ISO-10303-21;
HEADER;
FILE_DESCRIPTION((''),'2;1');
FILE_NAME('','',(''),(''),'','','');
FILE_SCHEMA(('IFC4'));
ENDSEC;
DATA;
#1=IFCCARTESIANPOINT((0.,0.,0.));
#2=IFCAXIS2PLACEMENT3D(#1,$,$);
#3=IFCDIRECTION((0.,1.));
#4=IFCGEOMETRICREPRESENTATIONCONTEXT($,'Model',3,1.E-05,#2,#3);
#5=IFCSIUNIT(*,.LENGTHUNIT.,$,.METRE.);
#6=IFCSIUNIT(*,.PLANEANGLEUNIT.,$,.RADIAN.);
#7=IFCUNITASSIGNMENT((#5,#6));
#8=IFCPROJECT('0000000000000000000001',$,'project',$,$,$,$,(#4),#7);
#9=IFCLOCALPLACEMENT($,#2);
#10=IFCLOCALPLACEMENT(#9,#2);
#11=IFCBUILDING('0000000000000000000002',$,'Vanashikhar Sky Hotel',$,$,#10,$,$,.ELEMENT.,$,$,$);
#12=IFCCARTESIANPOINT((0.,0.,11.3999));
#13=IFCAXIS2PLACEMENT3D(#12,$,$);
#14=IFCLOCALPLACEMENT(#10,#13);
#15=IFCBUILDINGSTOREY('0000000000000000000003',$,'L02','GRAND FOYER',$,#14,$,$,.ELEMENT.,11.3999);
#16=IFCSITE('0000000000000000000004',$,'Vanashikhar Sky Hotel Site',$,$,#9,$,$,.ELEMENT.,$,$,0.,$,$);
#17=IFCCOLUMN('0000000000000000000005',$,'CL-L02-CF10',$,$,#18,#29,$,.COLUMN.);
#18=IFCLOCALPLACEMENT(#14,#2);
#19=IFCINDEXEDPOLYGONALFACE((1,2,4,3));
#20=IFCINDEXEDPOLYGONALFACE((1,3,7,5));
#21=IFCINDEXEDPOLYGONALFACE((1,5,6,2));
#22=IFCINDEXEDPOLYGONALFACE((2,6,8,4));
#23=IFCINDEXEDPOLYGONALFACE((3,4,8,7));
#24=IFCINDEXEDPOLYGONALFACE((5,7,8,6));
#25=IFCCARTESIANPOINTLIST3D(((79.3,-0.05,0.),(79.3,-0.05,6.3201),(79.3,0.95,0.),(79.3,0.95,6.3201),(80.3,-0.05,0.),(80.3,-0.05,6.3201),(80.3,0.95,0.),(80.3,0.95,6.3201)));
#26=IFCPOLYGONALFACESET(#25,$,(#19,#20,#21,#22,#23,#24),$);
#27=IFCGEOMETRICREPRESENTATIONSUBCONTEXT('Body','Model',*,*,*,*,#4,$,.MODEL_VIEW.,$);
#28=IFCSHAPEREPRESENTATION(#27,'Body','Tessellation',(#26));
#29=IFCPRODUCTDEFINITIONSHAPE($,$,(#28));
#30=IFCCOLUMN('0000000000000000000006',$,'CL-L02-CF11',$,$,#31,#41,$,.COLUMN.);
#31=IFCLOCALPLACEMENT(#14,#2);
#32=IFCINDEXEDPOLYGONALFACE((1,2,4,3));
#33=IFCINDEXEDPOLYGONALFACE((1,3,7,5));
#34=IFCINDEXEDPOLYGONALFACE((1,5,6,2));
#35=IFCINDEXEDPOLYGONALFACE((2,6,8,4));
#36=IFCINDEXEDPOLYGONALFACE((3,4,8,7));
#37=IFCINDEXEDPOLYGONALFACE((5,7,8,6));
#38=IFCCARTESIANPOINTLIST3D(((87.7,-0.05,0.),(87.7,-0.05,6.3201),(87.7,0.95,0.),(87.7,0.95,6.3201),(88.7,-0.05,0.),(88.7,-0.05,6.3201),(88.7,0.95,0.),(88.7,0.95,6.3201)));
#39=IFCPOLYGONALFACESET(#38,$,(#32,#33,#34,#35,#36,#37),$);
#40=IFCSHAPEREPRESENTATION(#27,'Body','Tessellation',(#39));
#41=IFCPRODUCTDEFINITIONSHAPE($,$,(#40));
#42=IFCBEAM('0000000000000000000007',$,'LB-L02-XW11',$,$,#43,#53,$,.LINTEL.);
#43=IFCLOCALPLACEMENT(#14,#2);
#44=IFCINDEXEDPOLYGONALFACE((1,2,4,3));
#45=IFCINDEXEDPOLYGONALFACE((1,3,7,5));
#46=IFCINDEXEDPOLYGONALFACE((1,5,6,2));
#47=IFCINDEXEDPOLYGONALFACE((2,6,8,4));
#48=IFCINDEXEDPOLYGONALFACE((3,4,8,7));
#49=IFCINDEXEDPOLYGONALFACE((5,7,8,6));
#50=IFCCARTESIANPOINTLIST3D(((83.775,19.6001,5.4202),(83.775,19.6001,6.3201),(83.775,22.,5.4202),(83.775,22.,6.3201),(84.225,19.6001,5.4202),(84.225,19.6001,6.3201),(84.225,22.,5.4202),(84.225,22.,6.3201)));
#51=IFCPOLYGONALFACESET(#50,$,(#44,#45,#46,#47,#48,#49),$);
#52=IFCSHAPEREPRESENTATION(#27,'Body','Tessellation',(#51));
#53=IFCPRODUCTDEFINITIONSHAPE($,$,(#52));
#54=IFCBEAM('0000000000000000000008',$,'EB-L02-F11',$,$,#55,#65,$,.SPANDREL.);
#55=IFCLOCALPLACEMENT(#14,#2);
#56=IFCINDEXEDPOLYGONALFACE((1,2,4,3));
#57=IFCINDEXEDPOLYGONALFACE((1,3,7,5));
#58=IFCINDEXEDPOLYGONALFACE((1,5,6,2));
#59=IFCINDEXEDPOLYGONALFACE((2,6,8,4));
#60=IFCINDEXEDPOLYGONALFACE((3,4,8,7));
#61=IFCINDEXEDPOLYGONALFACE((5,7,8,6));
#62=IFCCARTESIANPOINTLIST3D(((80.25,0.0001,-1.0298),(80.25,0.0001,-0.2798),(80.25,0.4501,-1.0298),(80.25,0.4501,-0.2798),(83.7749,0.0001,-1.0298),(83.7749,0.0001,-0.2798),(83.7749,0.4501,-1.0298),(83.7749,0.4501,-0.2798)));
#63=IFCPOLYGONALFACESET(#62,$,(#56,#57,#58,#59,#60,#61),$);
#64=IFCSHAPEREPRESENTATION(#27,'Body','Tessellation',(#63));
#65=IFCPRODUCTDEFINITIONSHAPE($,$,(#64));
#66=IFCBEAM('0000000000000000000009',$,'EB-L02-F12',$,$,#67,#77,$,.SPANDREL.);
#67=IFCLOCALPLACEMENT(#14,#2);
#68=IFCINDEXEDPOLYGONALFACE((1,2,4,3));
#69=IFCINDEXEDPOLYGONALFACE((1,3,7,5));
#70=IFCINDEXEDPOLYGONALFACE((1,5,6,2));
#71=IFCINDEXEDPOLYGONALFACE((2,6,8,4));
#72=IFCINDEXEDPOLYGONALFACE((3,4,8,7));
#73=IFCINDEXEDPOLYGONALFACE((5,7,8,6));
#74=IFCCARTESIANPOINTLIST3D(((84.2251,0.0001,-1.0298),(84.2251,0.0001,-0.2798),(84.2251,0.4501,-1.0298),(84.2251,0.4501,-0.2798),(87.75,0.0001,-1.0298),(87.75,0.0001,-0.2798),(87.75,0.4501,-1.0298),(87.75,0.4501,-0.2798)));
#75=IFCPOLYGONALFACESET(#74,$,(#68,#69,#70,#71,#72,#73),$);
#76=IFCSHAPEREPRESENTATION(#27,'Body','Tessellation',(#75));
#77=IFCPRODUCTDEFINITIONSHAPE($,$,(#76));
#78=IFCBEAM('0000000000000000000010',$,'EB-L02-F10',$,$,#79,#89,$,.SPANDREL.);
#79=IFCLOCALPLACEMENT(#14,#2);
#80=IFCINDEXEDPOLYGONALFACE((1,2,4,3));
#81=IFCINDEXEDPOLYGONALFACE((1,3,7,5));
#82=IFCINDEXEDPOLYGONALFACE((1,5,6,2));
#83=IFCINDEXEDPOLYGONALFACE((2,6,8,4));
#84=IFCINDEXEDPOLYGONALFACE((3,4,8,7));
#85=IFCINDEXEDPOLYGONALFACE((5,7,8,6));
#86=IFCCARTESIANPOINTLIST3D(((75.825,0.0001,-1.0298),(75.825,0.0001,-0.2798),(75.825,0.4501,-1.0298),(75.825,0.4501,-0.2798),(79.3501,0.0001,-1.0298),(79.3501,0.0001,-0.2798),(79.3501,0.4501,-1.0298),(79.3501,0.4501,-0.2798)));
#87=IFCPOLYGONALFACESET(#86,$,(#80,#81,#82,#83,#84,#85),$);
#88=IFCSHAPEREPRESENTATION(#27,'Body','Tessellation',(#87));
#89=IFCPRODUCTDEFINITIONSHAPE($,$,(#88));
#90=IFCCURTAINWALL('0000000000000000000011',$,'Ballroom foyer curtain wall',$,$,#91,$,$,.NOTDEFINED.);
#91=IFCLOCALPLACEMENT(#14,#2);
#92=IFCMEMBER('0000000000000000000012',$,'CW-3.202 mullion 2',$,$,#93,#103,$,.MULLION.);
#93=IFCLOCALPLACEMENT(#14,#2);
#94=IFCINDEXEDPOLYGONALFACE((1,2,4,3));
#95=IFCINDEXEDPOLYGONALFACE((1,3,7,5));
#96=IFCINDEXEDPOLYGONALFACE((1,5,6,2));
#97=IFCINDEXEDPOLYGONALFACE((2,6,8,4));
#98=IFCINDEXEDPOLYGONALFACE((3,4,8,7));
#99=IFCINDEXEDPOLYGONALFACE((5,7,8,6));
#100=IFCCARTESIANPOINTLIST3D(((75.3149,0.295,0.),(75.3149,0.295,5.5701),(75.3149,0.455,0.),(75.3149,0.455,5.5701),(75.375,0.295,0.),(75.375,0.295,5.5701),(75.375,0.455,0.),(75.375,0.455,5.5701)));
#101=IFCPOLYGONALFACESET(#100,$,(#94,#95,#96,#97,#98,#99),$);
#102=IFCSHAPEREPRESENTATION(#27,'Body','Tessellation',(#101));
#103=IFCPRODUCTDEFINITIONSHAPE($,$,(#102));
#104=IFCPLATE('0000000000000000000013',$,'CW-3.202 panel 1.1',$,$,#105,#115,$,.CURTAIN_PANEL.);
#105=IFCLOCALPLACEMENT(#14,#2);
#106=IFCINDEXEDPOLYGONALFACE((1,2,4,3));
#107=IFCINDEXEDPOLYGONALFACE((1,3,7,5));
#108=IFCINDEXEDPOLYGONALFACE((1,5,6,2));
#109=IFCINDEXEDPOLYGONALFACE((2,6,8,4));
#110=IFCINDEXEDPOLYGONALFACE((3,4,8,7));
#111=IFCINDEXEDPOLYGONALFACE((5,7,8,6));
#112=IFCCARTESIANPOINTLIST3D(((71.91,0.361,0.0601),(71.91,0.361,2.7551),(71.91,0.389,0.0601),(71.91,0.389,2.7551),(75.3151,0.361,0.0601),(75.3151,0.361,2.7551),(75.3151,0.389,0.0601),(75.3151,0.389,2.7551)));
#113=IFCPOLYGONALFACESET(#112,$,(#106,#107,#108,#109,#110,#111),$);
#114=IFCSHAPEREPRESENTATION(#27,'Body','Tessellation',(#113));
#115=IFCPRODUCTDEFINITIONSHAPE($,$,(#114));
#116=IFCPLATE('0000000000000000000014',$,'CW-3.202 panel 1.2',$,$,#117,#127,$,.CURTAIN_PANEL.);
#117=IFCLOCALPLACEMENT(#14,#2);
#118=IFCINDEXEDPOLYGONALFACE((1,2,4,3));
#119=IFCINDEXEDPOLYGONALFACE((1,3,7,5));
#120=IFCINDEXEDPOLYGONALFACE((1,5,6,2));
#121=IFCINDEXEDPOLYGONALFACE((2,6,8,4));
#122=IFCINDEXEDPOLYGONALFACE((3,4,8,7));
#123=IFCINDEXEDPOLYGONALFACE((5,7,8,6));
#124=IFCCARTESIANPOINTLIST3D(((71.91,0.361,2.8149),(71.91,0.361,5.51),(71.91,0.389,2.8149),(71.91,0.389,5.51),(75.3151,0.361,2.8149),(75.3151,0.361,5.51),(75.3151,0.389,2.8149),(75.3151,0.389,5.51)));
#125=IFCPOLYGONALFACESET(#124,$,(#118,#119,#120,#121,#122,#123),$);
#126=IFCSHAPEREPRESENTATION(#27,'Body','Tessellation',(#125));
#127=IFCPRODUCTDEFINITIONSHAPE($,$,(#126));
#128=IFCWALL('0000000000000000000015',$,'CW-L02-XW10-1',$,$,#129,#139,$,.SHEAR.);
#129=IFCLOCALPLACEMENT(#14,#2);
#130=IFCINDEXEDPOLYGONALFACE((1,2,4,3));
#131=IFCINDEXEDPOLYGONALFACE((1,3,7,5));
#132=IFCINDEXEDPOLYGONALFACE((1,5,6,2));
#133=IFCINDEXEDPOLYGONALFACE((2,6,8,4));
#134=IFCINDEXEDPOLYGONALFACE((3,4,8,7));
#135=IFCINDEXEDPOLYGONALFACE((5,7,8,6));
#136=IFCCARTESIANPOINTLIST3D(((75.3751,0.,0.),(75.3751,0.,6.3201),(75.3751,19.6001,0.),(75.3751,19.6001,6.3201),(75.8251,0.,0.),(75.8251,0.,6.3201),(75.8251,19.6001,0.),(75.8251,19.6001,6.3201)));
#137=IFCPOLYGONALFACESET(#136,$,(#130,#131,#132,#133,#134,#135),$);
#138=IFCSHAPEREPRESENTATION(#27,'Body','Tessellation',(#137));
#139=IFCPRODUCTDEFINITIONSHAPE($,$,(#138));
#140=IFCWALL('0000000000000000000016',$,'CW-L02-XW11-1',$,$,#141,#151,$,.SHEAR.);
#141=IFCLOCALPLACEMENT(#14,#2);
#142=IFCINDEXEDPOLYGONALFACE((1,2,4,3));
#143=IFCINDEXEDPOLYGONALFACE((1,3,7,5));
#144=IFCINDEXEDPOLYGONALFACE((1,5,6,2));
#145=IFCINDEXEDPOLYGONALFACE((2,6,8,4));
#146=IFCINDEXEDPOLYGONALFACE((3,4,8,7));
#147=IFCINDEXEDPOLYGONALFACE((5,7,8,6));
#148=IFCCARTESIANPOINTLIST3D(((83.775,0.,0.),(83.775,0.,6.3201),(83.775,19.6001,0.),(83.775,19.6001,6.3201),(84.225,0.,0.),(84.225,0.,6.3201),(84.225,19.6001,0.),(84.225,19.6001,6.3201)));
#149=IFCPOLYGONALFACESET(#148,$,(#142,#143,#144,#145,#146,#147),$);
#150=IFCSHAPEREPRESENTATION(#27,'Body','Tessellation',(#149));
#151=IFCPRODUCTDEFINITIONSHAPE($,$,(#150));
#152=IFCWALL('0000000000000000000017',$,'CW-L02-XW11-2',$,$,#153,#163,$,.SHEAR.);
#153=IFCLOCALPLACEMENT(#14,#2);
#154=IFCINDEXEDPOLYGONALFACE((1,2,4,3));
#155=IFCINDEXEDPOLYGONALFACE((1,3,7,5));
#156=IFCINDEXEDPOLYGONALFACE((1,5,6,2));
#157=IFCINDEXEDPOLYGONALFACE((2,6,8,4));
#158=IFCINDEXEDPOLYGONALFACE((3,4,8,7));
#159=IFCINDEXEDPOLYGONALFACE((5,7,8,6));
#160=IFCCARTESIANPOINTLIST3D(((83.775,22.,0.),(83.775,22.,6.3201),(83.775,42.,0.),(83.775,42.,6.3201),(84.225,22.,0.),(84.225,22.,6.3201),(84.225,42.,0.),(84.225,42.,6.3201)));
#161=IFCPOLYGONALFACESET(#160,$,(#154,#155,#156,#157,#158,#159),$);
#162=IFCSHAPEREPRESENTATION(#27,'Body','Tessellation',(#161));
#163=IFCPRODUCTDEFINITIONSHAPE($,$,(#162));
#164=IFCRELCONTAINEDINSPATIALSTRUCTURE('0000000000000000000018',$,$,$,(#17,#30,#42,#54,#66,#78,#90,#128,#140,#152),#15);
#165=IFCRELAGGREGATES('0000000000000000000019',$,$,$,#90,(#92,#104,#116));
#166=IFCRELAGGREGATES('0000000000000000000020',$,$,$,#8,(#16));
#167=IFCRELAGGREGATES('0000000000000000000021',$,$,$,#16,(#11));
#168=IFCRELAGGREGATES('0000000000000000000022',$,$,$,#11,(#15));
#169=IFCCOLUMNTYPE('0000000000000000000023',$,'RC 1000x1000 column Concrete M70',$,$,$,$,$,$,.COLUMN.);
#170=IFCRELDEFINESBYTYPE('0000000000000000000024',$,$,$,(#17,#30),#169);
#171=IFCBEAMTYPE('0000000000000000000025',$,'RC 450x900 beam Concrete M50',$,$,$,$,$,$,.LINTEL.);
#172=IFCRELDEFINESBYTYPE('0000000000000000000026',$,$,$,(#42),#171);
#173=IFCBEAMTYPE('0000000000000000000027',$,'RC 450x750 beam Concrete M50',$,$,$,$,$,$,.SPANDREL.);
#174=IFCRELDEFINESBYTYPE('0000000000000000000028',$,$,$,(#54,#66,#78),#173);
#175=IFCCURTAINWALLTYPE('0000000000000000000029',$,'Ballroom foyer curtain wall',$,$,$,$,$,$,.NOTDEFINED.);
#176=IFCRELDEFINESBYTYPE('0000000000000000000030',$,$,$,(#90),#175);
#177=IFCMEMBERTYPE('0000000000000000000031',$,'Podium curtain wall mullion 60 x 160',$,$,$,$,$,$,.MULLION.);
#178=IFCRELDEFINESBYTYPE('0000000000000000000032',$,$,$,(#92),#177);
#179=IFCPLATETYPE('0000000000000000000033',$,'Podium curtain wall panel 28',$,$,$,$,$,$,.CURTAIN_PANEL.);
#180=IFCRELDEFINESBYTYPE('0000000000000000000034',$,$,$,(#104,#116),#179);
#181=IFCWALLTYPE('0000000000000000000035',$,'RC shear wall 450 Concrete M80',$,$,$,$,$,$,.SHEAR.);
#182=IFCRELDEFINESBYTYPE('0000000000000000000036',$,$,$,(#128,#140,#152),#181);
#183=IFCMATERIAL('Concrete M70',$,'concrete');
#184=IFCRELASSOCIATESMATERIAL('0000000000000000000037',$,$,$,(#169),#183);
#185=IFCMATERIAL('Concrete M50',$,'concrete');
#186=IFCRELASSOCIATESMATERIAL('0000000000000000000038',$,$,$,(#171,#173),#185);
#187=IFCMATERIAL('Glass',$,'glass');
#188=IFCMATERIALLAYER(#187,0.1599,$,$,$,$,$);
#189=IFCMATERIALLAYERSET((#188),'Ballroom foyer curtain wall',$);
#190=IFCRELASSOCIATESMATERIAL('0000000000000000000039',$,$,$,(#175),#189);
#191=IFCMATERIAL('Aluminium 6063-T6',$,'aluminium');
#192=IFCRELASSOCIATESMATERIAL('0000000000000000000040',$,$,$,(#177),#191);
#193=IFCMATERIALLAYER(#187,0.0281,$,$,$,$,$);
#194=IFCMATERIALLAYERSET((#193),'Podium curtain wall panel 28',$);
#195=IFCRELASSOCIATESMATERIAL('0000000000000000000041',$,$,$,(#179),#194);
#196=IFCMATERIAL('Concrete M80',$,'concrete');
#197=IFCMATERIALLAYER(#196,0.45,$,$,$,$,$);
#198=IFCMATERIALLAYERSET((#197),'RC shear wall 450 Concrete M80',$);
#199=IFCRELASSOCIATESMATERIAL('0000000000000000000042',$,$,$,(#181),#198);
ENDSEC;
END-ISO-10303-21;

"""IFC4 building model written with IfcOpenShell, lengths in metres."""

from ifc_helpers import new_model, si_unit, direction, frame, frame_2d, origin, origin_2d, place, context, subcontext, project, spatial, rectangle, extrude, source, transform, mapped, material, layer, layer_set, material_profile, profile_set, type_object, element, aggregate, save


model = new_model("IFC4")

# Units and contexts
model_context = context("Model", 3, precision=1e-05, world=origin(), true_north=direction((0.0, 1.0)))
body_context = subcontext(model_context, "Body", "Model", "MODEL_VIEW")
ifc_project = project(units=[si_unit("LENGTHUNIT", "METRE"), si_unit("PLANEANGLEUNIT", "RADIAN")], contexts=[model_context])

# Site, building, storey
site_placement = place(None, origin())
site = spatial("IfcSite", under=ifc_project, at=site_placement, Name="Vanashikhar Sky Hotel Site", CompositionType="ELEMENT", RefElevation=0.0)
building_placement = place(site_placement, origin())
building = spatial("IfcBuilding", under=site, at=building_placement, Name="Vanashikhar Sky Hotel", CompositionType="ELEMENT")
storey_placement = place(building_placement, frame((0.0, 0.0, 11.3999)))
storey = spatial("IfcBuildingStorey", under=building, at=storey_placement, Name="L02", Description="GRAND FOYER", CompositionType="ELEMENT", Elevation=11.3999)

# Columns
ifc_material_1 = material(Name="Concrete M70", Category="concrete")
ifc_material_profile_1 = material_profile(ifc_material_1, rectangle(XDim=1.0, YDim=1.0, at=origin_2d()))
ifc_profile_set_1 = profile_set([ifc_material_profile_1], Name="RC 1000x1000 column Concrete M70")
column_type = type_object("IfcColumnType", Name="RC 1000x1000 column Concrete M70", PredefinedType="COLUMN", material=ifc_profile_set_1)
shared_shape_1 = source(origin(), body_context, "Body", "SweptSolid", [
    extrude(rectangle(XDim=1.0, YDim=1.0, at=origin_2d()), origin(), (0.0, 0.0, 1.0), 6.3201),
])
for number, where, z_axis, x_axis, name in (
    (1, (79.8, 0.45, 0.0), (0.0, 0.0, 1.0), (1.0, 0.0, 0.0), "CL-L02-CF10"),
    (2, (88.2, 0.45, 0.0), (0.0, 0.0, 1.0), (1.0, 0.0, 0.0), "CL-L02-CF11"),
):
    element("IfcColumn", number, at=place(storey_placement, frame(where, z_axis=z_axis, x_axis=x_axis)), inside=storey, type_object=column_type, Name=name, PredefinedType="COLUMN", context=body_context, shape_type="MappedRepresentation", body=[
        mapped(shared_shape_1, transform((0.0, 0.0, 0.0), scale=1.0)),
    ])

# Beams
ifc_material_2 = material(Name="Concrete M50", Category="concrete")
ifc_material_profile_2 = material_profile(ifc_material_2, rectangle(XDim=0.45, YDim=0.8999, at=origin_2d()))
ifc_profile_set_2 = profile_set([ifc_material_profile_2], Name="RC 450x900 beam Concrete M50")
beam_type_1 = type_object("IfcBeamType", Name="RC 450x900 beam Concrete M50", PredefinedType="LINTEL", material=ifc_profile_set_2)
shared_shape_2 = source(origin(), body_context, "Body", "SweptSolid", [
    extrude(rectangle(XDim=0.45, YDim=0.8999, at=origin_2d()), origin(), (0.0, 0.0, 1.0), 2.3999),
])
beam_1_placement = place(storey_placement, frame((84.0, 19.6001, 5.8701), z_axis=(0.0, 1.0, 0.0), x_axis=(-1.0, 0.0, 0.0)))
element("IfcBeam", 3, at=beam_1_placement, inside=storey, type_object=beam_type_1, Name="LB-L02-XW11", PredefinedType="LINTEL", context=body_context, shape_type="MappedRepresentation", body=[
    mapped(shared_shape_2, transform((0.0, 0.0, 0.0), scale=1.0)),
])
ifc_material_profile_3 = material_profile(ifc_material_2, rectangle(XDim=0.45, YDim=0.75, at=origin_2d()))
ifc_profile_set_3 = profile_set([ifc_material_profile_3], Name="RC 450x750 beam Concrete M50")
beam_type_2 = type_object("IfcBeamType", Name="RC 450x750 beam Concrete M50", PredefinedType="SPANDREL", material=ifc_profile_set_3)
shared_shape_3 = source(origin(), body_context, "Body", "SweptSolid", [
    extrude(rectangle(XDim=0.45, YDim=0.75, at=origin_2d()), origin(), (0.0, 0.0, 1.0), 3.5249),
])
for number, where, z_axis, x_axis, name in (
    (4, (80.25, 0.2251, -0.6548), (1.0, 0.0, 0.0), (0.0, 1.0, 0.0), "EB-L02-F11"),
    (5, (84.2251, 0.2251, -0.6548), (1.0, 0.0, 0.0), (0.0, 1.0, 0.0), "EB-L02-F12"),
):
    element("IfcBeam", number, at=place(storey_placement, frame(where, z_axis=z_axis, x_axis=x_axis)), inside=storey, type_object=beam_type_2, Name=name, PredefinedType="SPANDREL", context=body_context, shape_type="MappedRepresentation", body=[
        mapped(shared_shape_3, transform((0.0, 0.0, 0.0), scale=1.0)),
    ])
shared_shape_4 = source(origin(), body_context, "Body", "SweptSolid", [
    extrude(rectangle(XDim=0.45, YDim=0.75, at=origin_2d()), origin(), (0.0, 0.0, 1.0), 3.5251),
])
beam_2_placement = place(storey_placement, frame((75.825, 0.2251, -0.6548), z_axis=(1.0, 0.0, 0.0), x_axis=(0.0, 1.0, 0.0)))
element("IfcBeam", 6, at=beam_2_placement, inside=storey, type_object=beam_type_2, Name="EB-L02-F10", PredefinedType="SPANDREL", context=body_context, shape_type="MappedRepresentation", body=[
    mapped(shared_shape_4, transform((0.0, 0.0, 0.0), scale=1.0)),
])

# Curtain wall, member, plates
ifc_material_3 = material(Name="Glass", Category="glass")
ifc_layer_1 = layer(ifc_material_3, 0.1599)
ifc_layer_set_1 = layer_set([ifc_layer_1], Name="Ballroom foyer curtain wall")
curtain_wall_type = type_object("IfcCurtainWallType", Name="Ballroom foyer curtain wall", PredefinedType="NOTDEFINED", material=ifc_layer_set_1)
curtain_wall_placement = place(storey_placement, origin())
curtain_wall = element("IfcCurtainWall", 7, at=curtain_wall_placement, inside=storey, type_object=curtain_wall_type, Name="Ballroom foyer curtain wall", PredefinedType="NOTDEFINED")
ifc_material_4 = material(Name="Aluminium 6063-T6", Category="aluminium")
ifc_material_profile_4 = material_profile(ifc_material_4, rectangle(XDim=0.1599, YDim=0.0601, at=origin_2d()))
ifc_profile_set_4 = profile_set([ifc_material_profile_4], Name="Aluminium 6063-T6")
member_type = type_object("IfcMemberType", Name="Podium curtain wall mullion 60 x 160", PredefinedType="MULLION", material=ifc_profile_set_4)
shared_shape_5 = source(origin(), body_context, "Body", "SweptSolid", [
    extrude(rectangle(XDim=0.1599, YDim=0.0601, at=origin_2d()), origin(), (0.0, 0.0, 1.0), 5.5701),
])
member_placement = place(storey_placement, frame((75.345, 0.375, 0.0), z_axis=(0.0, 0.0, 1.0), x_axis=(0.0, 1.0, 0.0)))
member = element("IfcMember", 8, at=member_placement, type_object=member_type, Name="CW-3.202 mullion 2", PredefinedType="MULLION", context=body_context, shape_type="MappedRepresentation", body=[
    mapped(shared_shape_5, transform((0.0, 0.0, 0.0), scale=1.0)),
])
ifc_layer_2 = layer(ifc_material_3, 0.0281)
ifc_layer_set_2 = layer_set([ifc_layer_2], Name="Podium curtain wall panel 28")
plate_type = type_object("IfcPlateType", Name="Podium curtain wall panel 28", PredefinedType="CURTAIN_PANEL", material=ifc_layer_set_2)
shared_shape_6 = source(origin(), body_context, "Body", "SweptSolid", [
    extrude(rectangle(XDim=3.405, YDim=0.0281, at=origin_2d()), origin(), (0.0, 0.0, 1.0), 2.6951),
])
plate_1_placement = place(storey_placement, frame((73.6125, 0.375, 0.0601), z_axis=(0.0, 0.0, 1.0), x_axis=(1.0, 0.0, 0.0)))
plate_1 = element("IfcPlate", 9, at=plate_1_placement, type_object=plate_type, Name="CW-3.202 panel 1.1", PredefinedType="CURTAIN_PANEL", context=body_context, shape_type="MappedRepresentation", body=[
    mapped(shared_shape_6, transform((0.0, 0.0, 0.0), scale=1.0)),
])
plate_2_placement = place(storey_placement, frame((73.6125, 0.375, 2.8149), z_axis=(0.0, 0.0, 1.0), x_axis=(1.0, 0.0, 0.0)))
plate_2 = element("IfcPlate", 10, at=plate_2_placement, type_object=plate_type, Name="CW-3.202 panel 1.2", PredefinedType="CURTAIN_PANEL", context=body_context, shape_type="MappedRepresentation", body=[
    mapped(shared_shape_6, transform((0.0, 0.0, 0.0), scale=1.0)),
])
aggregate(curtain_wall, [member, plate_1, plate_2])

# Walls
ifc_material_5 = material(Name="Concrete M80", Category="concrete")
ifc_layer_3 = layer(ifc_material_5, 0.45)
ifc_layer_set_3 = layer_set([ifc_layer_3], Name="RC shear wall 450 Concrete M80")
wall_type_1 = type_object("IfcWallType", Name="RC shear wall 450 Concrete M80", PredefinedType="SHEAR", material=ifc_layer_set_3)
shared_shape_7 = source(origin(), body_context, "Body", "SweptSolid", [
    extrude(rectangle(XDim=19.6001, YDim=0.45, at=frame_2d((9.8, 0.0))), origin(), (0.0, 0.0, 1.0), 6.3201),
])
for number, where, z_axis, x_axis, name in (
    (11, (75.6001, 0.0, 0.0), (0.0, 0.0, 1.0), (0.0, 1.0, 0.0), "CW-L02-XW10-1"),
    (12, (84.0, 0.0, 0.0), (0.0, 0.0, 1.0), (0.0, 1.0, 0.0), "CW-L02-XW11-1"),
):
    element("IfcWall", number, at=place(storey_placement, frame(where, z_axis=z_axis, x_axis=x_axis)), inside=storey, type_object=wall_type_1, Name=name, PredefinedType="SHEAR", context=body_context, shape_type="MappedRepresentation", body=[
        mapped(shared_shape_7, transform((0.0, 0.0, 0.0), scale=1.0)),
    ])
shared_shape_8 = source(origin(), body_context, "Body", "SweptSolid", [
    extrude(rectangle(XDim=20.0, YDim=0.45, at=frame_2d((10.0, 0.0))), origin(), (0.0, 0.0, 1.0), 6.3201),
])
wall_1_placement = place(storey_placement, frame((84.0, 22.0, 0.0), z_axis=(0.0, 0.0, 1.0), x_axis=(0.0, 1.0, 0.0)))
element("IfcWall", 13, at=wall_1_placement, inside=storey, type_object=wall_type_1, Name="CW-L02-XW11-2", PredefinedType="SHEAR", context=body_context, shape_type="MappedRepresentation", body=[
    mapped(shared_shape_8, transform((0.0, 0.0, 0.0), scale=1.0)),
])

save(model, "model.ifc")
